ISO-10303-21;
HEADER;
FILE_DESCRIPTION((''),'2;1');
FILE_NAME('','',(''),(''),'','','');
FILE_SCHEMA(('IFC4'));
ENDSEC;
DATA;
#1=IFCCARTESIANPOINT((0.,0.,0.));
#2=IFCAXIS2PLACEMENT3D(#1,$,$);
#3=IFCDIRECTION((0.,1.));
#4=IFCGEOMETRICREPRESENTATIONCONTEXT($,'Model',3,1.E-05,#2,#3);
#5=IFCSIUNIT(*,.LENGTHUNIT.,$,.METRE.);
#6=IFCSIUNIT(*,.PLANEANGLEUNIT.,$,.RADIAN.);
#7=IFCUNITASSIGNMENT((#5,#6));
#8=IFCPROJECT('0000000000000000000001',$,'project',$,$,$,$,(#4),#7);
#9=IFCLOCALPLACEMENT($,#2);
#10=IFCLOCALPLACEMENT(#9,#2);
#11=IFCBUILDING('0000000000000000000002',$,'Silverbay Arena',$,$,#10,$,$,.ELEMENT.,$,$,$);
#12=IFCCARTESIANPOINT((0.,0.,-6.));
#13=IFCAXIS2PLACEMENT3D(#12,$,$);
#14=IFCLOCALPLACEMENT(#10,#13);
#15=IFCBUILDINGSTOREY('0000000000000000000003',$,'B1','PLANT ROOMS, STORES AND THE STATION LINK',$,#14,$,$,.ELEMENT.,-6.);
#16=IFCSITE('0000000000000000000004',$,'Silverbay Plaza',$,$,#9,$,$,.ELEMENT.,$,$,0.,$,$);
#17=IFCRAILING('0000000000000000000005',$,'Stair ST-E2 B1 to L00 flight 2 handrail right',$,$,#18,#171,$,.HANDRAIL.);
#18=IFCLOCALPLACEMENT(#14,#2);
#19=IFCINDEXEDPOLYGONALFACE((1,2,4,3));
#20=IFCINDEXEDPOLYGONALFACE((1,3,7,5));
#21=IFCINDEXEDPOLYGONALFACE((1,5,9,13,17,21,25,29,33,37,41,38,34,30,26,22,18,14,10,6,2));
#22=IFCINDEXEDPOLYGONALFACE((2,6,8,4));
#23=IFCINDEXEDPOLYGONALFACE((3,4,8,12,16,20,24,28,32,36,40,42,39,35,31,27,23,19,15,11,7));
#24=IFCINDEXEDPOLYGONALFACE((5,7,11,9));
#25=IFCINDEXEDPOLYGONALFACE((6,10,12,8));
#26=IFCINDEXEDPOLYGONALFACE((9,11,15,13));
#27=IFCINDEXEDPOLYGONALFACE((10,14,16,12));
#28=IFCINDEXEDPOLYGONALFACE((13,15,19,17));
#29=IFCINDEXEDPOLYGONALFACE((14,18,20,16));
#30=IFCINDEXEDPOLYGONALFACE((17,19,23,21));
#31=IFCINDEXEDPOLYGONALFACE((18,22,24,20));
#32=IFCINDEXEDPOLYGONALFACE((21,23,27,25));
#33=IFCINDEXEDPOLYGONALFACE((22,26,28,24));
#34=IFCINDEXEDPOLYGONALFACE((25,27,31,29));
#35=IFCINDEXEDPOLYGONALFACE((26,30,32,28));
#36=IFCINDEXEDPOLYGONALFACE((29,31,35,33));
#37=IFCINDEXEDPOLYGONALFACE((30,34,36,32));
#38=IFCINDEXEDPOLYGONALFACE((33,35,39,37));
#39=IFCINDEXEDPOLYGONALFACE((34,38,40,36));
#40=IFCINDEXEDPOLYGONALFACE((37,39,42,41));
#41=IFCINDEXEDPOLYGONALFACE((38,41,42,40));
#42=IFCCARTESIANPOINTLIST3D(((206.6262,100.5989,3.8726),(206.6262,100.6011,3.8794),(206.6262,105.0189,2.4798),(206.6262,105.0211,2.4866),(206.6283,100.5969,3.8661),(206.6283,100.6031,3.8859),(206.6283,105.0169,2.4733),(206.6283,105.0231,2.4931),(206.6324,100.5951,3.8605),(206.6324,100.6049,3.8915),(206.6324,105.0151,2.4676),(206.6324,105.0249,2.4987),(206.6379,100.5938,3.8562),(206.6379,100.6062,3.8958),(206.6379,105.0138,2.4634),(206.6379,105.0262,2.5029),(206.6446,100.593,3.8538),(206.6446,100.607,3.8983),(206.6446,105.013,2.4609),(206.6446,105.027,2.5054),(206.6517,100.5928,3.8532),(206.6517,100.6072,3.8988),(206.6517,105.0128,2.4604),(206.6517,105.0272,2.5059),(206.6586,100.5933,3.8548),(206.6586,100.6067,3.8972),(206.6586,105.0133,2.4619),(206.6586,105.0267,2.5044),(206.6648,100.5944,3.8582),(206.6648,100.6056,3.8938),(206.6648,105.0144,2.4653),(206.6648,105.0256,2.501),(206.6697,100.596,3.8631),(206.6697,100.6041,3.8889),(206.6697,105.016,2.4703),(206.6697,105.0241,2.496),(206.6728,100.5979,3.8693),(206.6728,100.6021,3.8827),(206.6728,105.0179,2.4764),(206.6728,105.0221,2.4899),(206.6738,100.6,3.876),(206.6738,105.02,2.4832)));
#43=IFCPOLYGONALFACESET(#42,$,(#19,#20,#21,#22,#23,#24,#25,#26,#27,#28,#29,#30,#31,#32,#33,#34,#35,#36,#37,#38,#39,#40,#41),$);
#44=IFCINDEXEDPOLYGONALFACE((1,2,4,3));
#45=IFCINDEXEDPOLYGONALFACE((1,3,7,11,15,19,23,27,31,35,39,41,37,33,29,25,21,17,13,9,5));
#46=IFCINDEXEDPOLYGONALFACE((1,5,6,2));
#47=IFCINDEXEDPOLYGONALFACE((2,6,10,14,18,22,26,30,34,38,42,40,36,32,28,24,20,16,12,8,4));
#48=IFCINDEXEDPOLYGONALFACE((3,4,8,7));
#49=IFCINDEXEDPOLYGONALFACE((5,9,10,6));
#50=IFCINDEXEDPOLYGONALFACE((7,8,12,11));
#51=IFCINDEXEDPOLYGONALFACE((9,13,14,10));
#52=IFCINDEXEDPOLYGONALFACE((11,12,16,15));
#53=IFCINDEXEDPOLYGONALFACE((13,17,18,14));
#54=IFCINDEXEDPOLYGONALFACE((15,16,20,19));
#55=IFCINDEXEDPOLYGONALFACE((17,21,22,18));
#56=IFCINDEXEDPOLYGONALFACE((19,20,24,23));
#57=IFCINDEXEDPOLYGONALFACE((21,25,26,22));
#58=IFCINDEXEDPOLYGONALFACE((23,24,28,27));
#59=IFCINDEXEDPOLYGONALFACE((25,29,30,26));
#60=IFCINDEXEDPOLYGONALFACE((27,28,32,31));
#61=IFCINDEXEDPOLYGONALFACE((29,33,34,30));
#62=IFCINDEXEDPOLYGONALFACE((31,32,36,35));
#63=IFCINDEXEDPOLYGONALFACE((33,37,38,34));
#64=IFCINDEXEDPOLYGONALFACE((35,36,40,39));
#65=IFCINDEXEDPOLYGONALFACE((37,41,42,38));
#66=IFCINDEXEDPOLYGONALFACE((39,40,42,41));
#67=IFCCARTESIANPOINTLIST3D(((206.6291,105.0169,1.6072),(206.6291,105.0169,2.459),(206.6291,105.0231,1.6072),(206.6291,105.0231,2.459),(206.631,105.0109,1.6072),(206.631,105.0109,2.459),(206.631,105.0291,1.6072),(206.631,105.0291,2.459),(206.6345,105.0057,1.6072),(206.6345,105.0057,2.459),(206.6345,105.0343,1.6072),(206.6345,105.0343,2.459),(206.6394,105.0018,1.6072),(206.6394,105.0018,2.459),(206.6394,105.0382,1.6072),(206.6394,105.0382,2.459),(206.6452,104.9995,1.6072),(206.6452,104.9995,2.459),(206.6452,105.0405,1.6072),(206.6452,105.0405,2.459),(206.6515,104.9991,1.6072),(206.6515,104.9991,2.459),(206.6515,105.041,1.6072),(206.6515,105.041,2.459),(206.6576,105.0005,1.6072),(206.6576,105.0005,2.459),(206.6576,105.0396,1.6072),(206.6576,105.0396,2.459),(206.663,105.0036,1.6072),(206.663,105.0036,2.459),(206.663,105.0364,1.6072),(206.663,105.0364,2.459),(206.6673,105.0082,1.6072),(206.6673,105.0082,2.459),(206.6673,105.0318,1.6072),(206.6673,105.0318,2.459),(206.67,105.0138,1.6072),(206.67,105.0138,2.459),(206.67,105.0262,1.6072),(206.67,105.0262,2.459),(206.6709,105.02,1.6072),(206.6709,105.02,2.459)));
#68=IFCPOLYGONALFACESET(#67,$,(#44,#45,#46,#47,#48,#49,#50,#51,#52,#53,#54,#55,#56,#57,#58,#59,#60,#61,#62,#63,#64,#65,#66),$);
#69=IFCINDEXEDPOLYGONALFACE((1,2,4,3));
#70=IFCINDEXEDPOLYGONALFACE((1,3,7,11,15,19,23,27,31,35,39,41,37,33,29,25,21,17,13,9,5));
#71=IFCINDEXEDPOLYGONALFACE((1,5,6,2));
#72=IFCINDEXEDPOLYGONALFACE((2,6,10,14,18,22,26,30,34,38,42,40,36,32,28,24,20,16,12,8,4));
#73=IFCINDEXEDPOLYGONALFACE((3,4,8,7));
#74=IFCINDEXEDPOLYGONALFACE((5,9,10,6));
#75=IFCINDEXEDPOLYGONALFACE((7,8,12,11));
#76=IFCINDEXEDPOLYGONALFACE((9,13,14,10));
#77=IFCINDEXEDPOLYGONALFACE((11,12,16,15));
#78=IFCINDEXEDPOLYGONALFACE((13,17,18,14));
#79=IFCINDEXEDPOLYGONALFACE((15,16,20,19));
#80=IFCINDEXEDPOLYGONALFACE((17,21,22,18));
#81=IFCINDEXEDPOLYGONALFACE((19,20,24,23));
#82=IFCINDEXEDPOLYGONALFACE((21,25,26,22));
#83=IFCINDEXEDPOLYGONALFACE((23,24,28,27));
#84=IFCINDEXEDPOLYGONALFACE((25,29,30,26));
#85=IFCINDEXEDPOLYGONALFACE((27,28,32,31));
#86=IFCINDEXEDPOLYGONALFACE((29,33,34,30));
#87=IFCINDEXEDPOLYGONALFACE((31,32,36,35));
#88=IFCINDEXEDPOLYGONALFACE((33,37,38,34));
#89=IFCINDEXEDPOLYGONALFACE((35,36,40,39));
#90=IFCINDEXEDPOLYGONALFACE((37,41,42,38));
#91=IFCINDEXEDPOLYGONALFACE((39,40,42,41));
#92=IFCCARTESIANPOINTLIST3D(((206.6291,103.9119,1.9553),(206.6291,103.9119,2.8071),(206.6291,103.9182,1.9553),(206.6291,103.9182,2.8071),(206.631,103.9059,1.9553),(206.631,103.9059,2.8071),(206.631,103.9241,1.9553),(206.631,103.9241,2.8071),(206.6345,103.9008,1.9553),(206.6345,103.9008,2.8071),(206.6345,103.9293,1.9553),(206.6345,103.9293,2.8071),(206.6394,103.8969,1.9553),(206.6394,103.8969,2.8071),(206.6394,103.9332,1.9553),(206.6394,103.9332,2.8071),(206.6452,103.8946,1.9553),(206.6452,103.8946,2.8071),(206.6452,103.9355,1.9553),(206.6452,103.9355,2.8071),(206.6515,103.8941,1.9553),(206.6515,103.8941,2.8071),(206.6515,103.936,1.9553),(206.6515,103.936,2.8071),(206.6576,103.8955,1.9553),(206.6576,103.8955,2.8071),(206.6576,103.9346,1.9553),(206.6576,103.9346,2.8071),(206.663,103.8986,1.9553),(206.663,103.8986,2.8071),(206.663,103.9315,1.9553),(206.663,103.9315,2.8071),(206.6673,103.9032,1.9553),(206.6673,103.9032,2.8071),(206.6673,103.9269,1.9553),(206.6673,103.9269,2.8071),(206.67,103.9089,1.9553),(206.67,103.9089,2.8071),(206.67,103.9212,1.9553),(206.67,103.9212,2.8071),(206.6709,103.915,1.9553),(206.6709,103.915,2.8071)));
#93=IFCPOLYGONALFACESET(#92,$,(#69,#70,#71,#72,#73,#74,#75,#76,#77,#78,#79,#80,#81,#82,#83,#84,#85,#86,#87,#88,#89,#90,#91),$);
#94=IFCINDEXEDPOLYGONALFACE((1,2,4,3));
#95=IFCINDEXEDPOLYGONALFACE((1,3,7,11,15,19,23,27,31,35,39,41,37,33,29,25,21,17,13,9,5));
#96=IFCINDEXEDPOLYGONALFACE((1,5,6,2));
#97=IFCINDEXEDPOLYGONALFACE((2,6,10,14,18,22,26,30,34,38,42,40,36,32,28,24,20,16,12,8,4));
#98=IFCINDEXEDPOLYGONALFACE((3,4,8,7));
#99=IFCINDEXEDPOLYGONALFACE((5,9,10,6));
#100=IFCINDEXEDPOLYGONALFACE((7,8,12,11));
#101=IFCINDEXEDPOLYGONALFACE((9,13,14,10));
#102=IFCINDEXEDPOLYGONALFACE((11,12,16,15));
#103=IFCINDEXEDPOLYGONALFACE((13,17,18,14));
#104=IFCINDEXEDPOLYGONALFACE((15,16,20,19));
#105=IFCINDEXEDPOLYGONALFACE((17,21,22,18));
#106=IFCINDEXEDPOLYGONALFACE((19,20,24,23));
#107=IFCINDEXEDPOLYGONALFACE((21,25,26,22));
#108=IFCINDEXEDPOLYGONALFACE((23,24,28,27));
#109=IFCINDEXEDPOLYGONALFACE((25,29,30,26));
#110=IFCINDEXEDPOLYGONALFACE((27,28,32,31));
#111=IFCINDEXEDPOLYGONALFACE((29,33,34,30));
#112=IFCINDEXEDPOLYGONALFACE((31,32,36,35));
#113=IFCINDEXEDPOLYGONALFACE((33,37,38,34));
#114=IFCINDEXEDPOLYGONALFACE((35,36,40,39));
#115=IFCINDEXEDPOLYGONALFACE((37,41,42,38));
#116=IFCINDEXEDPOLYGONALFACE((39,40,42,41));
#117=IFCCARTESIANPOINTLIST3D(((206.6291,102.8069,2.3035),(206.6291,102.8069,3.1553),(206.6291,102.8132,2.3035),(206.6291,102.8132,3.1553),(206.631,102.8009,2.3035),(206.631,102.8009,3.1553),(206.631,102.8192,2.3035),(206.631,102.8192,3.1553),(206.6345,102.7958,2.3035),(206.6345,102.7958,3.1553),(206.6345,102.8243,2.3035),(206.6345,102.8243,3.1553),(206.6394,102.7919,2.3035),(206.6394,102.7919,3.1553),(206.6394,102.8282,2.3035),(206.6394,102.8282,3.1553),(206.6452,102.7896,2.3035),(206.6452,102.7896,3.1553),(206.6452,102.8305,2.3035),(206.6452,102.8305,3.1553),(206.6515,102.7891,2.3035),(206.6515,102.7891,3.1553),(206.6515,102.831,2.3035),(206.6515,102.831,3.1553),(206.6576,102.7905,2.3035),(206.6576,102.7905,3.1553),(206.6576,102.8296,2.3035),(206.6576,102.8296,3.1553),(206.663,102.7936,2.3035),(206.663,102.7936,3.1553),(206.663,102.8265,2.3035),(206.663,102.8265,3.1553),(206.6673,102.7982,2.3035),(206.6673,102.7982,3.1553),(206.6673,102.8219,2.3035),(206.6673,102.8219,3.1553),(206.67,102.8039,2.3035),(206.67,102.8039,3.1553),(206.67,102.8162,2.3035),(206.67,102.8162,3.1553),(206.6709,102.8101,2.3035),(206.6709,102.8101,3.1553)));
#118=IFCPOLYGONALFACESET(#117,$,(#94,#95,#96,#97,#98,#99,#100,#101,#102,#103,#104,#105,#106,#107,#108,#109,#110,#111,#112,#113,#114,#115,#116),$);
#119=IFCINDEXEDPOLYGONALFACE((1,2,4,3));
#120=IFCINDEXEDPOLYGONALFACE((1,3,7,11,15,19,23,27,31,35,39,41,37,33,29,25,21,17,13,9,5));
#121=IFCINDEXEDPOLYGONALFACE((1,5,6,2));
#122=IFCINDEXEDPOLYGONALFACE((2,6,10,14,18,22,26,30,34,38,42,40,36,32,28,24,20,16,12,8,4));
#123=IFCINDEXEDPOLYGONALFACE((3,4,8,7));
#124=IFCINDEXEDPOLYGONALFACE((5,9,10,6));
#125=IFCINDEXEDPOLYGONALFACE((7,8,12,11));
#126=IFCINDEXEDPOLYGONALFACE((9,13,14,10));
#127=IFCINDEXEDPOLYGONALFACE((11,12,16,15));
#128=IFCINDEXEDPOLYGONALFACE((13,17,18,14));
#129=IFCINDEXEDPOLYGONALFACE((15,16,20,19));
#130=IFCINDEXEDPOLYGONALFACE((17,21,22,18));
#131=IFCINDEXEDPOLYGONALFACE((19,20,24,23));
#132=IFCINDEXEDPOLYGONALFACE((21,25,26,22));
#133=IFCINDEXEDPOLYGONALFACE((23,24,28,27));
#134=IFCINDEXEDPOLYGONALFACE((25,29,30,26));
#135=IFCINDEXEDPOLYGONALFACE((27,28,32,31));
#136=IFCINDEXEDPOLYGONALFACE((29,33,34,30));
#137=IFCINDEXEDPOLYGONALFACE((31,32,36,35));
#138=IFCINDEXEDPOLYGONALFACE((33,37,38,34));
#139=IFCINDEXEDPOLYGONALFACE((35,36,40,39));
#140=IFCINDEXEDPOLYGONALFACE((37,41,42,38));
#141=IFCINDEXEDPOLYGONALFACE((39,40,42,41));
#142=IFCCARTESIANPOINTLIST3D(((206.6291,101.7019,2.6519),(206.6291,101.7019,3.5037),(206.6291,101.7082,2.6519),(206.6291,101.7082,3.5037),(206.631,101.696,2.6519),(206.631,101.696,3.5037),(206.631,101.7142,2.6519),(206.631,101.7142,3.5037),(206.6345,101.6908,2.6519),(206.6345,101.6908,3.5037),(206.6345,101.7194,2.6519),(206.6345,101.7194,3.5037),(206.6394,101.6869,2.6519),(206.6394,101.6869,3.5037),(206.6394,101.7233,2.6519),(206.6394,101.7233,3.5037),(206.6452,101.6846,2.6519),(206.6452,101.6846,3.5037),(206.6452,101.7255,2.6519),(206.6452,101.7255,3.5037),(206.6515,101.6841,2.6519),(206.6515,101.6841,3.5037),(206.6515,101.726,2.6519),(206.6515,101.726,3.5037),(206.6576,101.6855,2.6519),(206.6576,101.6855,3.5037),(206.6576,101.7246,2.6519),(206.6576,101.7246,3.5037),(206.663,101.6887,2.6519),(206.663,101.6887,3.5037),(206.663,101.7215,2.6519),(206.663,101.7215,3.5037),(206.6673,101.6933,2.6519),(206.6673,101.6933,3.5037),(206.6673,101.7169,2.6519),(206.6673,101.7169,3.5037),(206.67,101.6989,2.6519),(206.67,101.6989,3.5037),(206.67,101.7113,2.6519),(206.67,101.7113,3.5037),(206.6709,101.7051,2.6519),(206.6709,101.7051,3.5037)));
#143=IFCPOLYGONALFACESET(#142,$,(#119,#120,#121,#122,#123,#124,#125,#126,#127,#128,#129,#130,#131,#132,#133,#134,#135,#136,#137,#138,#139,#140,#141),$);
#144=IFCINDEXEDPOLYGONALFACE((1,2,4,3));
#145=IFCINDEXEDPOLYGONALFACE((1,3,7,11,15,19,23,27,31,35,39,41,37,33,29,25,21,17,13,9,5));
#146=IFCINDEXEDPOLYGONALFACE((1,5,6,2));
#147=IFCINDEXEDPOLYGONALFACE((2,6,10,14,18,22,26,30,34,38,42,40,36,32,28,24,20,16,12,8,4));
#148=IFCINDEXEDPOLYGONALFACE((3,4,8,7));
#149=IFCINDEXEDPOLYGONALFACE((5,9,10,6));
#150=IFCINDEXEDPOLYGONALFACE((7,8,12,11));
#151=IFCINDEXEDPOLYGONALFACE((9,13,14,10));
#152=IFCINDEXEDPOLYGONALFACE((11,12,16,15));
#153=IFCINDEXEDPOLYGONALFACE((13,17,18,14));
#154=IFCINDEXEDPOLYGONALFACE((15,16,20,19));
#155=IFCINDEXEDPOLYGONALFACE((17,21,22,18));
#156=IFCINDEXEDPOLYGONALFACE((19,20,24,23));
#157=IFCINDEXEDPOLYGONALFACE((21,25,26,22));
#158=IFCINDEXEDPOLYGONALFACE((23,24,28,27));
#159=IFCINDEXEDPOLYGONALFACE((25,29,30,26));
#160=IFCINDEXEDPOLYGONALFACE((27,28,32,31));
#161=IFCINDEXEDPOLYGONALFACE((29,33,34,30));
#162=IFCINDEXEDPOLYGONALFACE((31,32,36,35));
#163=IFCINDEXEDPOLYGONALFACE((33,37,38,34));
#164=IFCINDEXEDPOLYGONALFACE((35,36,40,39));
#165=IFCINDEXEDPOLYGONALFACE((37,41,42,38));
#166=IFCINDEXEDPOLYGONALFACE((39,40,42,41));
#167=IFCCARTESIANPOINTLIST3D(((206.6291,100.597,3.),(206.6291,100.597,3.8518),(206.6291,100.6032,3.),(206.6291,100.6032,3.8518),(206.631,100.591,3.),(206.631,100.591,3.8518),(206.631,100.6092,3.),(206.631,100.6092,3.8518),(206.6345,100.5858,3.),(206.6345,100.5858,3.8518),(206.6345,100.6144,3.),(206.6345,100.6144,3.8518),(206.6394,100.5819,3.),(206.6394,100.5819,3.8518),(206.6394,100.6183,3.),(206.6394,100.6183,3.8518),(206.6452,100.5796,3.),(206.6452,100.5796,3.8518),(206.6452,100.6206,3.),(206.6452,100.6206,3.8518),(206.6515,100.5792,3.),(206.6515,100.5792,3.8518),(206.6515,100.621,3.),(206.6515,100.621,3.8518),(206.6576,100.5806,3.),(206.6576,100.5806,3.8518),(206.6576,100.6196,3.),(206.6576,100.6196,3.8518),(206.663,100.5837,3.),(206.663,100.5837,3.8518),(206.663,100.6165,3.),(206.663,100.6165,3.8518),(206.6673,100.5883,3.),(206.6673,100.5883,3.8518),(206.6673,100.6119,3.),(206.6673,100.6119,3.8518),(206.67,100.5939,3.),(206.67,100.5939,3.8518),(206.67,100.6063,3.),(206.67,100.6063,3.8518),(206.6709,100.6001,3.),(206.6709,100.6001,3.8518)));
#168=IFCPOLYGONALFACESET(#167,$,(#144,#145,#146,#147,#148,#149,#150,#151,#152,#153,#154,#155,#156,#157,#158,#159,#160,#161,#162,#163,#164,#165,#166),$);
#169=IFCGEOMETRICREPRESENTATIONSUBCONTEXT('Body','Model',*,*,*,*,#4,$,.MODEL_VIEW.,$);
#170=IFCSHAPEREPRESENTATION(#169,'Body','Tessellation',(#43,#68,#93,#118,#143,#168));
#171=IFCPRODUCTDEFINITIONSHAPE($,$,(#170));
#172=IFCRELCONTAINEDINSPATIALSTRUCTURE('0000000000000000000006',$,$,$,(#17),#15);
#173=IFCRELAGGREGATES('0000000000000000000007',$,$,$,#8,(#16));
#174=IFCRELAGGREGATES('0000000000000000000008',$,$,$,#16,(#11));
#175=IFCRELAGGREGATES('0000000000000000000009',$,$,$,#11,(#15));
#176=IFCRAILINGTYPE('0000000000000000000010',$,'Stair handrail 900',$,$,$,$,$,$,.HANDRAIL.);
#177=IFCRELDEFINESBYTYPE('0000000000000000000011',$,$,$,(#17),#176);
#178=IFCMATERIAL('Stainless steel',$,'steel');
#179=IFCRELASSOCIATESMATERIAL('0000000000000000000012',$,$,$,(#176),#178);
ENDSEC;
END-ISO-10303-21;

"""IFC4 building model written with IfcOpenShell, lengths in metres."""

from ifc_helpers import new_model, si_unit, direction, frame, origin, origin_2d, place, context, subcontext, project, spatial, circle, extrude, material, type_object, element, save


model = new_model("IFC4")

# Units and contexts
model_context = context("Model", 3, precision=1e-05, world=origin(), true_north=direction((0.0, 1.0)))
body_context = subcontext(model_context, "Body", "Model", "MODEL_VIEW")
ifc_project = project(units=[si_unit("LENGTHUNIT", "METRE"), si_unit("PLANEANGLEUNIT", "RADIAN")], contexts=[model_context])

# Site, building, storey
site_placement = place(None, origin())
site = spatial("IfcSite", under=ifc_project, at=site_placement, Name="Silverbay Plaza", CompositionType="ELEMENT", RefElevation=0.0)
building_placement = place(site_placement, origin())
building = spatial("IfcBuilding", under=site, at=building_placement, Name="Silverbay Arena", CompositionType="ELEMENT")
storey_placement = place(building_placement, frame((0.0, 0.0, -6.0)))
storey = spatial("IfcBuildingStorey", under=building, at=storey_placement, Name="B1", Description="PLANT ROOMS, STORES AND THE STATION LINK", CompositionType="ELEMENT", Elevation=-6.0)

# Railing
ifc_material_1 = material(Name="Stainless steel", Category="steel")
railing_type_1 = type_object("IfcRailingType", Name="Stair handrail 900", PredefinedType="HANDRAIL", material=ifc_material_1)
for number, where, name in (
    (1, (206.6499, 105.02, 1.6072), "Stair ST-E2 B1 to L00 flight 2 handrail right"),
):
    element("IfcRailing", number, at=place(storey_placement, frame(where)), inside=storey, type_object=railing_type_1, Name=name, PredefinedType="HANDRAIL", context=body_context, shape_type="SweptSolid", body=[
        extrude(circle(Radius=0.0239, at=origin_2d()), frame((0.0, 0.0, 0.876), z_axis=(0.0, -0.953765, 0.300554), x_axis=(1.0, 0.0, 0.0)), (0.0, 0.0, 1.0), 4.6343),
        extrude(circle(Radius=0.021, at=origin_2d()), origin(), (0.0, 0.0, 1.0), 0.8518),
        extrude(circle(Radius=0.021, at=origin_2d()), frame((0.0, -1.105, 0.3481)), (0.0, 0.0, 1.0), 0.8518),
        extrude(circle(Radius=0.021, at=origin_2d()), frame((0.0, -2.21, 0.6963)), (0.0, 0.0, 1.0), 0.8518),
        extrude(circle(Radius=0.021, at=origin_2d()), frame((0.0, -3.3149, 1.0447)), (0.0, 0.0, 1.0), 0.8518),
        extrude(circle(Radius=0.021, at=origin_2d()), frame((0.0, -4.4199, 1.3928)), (0.0, 0.0, 1.0), 0.8518),
    ])

save(model, "model.ifc")
